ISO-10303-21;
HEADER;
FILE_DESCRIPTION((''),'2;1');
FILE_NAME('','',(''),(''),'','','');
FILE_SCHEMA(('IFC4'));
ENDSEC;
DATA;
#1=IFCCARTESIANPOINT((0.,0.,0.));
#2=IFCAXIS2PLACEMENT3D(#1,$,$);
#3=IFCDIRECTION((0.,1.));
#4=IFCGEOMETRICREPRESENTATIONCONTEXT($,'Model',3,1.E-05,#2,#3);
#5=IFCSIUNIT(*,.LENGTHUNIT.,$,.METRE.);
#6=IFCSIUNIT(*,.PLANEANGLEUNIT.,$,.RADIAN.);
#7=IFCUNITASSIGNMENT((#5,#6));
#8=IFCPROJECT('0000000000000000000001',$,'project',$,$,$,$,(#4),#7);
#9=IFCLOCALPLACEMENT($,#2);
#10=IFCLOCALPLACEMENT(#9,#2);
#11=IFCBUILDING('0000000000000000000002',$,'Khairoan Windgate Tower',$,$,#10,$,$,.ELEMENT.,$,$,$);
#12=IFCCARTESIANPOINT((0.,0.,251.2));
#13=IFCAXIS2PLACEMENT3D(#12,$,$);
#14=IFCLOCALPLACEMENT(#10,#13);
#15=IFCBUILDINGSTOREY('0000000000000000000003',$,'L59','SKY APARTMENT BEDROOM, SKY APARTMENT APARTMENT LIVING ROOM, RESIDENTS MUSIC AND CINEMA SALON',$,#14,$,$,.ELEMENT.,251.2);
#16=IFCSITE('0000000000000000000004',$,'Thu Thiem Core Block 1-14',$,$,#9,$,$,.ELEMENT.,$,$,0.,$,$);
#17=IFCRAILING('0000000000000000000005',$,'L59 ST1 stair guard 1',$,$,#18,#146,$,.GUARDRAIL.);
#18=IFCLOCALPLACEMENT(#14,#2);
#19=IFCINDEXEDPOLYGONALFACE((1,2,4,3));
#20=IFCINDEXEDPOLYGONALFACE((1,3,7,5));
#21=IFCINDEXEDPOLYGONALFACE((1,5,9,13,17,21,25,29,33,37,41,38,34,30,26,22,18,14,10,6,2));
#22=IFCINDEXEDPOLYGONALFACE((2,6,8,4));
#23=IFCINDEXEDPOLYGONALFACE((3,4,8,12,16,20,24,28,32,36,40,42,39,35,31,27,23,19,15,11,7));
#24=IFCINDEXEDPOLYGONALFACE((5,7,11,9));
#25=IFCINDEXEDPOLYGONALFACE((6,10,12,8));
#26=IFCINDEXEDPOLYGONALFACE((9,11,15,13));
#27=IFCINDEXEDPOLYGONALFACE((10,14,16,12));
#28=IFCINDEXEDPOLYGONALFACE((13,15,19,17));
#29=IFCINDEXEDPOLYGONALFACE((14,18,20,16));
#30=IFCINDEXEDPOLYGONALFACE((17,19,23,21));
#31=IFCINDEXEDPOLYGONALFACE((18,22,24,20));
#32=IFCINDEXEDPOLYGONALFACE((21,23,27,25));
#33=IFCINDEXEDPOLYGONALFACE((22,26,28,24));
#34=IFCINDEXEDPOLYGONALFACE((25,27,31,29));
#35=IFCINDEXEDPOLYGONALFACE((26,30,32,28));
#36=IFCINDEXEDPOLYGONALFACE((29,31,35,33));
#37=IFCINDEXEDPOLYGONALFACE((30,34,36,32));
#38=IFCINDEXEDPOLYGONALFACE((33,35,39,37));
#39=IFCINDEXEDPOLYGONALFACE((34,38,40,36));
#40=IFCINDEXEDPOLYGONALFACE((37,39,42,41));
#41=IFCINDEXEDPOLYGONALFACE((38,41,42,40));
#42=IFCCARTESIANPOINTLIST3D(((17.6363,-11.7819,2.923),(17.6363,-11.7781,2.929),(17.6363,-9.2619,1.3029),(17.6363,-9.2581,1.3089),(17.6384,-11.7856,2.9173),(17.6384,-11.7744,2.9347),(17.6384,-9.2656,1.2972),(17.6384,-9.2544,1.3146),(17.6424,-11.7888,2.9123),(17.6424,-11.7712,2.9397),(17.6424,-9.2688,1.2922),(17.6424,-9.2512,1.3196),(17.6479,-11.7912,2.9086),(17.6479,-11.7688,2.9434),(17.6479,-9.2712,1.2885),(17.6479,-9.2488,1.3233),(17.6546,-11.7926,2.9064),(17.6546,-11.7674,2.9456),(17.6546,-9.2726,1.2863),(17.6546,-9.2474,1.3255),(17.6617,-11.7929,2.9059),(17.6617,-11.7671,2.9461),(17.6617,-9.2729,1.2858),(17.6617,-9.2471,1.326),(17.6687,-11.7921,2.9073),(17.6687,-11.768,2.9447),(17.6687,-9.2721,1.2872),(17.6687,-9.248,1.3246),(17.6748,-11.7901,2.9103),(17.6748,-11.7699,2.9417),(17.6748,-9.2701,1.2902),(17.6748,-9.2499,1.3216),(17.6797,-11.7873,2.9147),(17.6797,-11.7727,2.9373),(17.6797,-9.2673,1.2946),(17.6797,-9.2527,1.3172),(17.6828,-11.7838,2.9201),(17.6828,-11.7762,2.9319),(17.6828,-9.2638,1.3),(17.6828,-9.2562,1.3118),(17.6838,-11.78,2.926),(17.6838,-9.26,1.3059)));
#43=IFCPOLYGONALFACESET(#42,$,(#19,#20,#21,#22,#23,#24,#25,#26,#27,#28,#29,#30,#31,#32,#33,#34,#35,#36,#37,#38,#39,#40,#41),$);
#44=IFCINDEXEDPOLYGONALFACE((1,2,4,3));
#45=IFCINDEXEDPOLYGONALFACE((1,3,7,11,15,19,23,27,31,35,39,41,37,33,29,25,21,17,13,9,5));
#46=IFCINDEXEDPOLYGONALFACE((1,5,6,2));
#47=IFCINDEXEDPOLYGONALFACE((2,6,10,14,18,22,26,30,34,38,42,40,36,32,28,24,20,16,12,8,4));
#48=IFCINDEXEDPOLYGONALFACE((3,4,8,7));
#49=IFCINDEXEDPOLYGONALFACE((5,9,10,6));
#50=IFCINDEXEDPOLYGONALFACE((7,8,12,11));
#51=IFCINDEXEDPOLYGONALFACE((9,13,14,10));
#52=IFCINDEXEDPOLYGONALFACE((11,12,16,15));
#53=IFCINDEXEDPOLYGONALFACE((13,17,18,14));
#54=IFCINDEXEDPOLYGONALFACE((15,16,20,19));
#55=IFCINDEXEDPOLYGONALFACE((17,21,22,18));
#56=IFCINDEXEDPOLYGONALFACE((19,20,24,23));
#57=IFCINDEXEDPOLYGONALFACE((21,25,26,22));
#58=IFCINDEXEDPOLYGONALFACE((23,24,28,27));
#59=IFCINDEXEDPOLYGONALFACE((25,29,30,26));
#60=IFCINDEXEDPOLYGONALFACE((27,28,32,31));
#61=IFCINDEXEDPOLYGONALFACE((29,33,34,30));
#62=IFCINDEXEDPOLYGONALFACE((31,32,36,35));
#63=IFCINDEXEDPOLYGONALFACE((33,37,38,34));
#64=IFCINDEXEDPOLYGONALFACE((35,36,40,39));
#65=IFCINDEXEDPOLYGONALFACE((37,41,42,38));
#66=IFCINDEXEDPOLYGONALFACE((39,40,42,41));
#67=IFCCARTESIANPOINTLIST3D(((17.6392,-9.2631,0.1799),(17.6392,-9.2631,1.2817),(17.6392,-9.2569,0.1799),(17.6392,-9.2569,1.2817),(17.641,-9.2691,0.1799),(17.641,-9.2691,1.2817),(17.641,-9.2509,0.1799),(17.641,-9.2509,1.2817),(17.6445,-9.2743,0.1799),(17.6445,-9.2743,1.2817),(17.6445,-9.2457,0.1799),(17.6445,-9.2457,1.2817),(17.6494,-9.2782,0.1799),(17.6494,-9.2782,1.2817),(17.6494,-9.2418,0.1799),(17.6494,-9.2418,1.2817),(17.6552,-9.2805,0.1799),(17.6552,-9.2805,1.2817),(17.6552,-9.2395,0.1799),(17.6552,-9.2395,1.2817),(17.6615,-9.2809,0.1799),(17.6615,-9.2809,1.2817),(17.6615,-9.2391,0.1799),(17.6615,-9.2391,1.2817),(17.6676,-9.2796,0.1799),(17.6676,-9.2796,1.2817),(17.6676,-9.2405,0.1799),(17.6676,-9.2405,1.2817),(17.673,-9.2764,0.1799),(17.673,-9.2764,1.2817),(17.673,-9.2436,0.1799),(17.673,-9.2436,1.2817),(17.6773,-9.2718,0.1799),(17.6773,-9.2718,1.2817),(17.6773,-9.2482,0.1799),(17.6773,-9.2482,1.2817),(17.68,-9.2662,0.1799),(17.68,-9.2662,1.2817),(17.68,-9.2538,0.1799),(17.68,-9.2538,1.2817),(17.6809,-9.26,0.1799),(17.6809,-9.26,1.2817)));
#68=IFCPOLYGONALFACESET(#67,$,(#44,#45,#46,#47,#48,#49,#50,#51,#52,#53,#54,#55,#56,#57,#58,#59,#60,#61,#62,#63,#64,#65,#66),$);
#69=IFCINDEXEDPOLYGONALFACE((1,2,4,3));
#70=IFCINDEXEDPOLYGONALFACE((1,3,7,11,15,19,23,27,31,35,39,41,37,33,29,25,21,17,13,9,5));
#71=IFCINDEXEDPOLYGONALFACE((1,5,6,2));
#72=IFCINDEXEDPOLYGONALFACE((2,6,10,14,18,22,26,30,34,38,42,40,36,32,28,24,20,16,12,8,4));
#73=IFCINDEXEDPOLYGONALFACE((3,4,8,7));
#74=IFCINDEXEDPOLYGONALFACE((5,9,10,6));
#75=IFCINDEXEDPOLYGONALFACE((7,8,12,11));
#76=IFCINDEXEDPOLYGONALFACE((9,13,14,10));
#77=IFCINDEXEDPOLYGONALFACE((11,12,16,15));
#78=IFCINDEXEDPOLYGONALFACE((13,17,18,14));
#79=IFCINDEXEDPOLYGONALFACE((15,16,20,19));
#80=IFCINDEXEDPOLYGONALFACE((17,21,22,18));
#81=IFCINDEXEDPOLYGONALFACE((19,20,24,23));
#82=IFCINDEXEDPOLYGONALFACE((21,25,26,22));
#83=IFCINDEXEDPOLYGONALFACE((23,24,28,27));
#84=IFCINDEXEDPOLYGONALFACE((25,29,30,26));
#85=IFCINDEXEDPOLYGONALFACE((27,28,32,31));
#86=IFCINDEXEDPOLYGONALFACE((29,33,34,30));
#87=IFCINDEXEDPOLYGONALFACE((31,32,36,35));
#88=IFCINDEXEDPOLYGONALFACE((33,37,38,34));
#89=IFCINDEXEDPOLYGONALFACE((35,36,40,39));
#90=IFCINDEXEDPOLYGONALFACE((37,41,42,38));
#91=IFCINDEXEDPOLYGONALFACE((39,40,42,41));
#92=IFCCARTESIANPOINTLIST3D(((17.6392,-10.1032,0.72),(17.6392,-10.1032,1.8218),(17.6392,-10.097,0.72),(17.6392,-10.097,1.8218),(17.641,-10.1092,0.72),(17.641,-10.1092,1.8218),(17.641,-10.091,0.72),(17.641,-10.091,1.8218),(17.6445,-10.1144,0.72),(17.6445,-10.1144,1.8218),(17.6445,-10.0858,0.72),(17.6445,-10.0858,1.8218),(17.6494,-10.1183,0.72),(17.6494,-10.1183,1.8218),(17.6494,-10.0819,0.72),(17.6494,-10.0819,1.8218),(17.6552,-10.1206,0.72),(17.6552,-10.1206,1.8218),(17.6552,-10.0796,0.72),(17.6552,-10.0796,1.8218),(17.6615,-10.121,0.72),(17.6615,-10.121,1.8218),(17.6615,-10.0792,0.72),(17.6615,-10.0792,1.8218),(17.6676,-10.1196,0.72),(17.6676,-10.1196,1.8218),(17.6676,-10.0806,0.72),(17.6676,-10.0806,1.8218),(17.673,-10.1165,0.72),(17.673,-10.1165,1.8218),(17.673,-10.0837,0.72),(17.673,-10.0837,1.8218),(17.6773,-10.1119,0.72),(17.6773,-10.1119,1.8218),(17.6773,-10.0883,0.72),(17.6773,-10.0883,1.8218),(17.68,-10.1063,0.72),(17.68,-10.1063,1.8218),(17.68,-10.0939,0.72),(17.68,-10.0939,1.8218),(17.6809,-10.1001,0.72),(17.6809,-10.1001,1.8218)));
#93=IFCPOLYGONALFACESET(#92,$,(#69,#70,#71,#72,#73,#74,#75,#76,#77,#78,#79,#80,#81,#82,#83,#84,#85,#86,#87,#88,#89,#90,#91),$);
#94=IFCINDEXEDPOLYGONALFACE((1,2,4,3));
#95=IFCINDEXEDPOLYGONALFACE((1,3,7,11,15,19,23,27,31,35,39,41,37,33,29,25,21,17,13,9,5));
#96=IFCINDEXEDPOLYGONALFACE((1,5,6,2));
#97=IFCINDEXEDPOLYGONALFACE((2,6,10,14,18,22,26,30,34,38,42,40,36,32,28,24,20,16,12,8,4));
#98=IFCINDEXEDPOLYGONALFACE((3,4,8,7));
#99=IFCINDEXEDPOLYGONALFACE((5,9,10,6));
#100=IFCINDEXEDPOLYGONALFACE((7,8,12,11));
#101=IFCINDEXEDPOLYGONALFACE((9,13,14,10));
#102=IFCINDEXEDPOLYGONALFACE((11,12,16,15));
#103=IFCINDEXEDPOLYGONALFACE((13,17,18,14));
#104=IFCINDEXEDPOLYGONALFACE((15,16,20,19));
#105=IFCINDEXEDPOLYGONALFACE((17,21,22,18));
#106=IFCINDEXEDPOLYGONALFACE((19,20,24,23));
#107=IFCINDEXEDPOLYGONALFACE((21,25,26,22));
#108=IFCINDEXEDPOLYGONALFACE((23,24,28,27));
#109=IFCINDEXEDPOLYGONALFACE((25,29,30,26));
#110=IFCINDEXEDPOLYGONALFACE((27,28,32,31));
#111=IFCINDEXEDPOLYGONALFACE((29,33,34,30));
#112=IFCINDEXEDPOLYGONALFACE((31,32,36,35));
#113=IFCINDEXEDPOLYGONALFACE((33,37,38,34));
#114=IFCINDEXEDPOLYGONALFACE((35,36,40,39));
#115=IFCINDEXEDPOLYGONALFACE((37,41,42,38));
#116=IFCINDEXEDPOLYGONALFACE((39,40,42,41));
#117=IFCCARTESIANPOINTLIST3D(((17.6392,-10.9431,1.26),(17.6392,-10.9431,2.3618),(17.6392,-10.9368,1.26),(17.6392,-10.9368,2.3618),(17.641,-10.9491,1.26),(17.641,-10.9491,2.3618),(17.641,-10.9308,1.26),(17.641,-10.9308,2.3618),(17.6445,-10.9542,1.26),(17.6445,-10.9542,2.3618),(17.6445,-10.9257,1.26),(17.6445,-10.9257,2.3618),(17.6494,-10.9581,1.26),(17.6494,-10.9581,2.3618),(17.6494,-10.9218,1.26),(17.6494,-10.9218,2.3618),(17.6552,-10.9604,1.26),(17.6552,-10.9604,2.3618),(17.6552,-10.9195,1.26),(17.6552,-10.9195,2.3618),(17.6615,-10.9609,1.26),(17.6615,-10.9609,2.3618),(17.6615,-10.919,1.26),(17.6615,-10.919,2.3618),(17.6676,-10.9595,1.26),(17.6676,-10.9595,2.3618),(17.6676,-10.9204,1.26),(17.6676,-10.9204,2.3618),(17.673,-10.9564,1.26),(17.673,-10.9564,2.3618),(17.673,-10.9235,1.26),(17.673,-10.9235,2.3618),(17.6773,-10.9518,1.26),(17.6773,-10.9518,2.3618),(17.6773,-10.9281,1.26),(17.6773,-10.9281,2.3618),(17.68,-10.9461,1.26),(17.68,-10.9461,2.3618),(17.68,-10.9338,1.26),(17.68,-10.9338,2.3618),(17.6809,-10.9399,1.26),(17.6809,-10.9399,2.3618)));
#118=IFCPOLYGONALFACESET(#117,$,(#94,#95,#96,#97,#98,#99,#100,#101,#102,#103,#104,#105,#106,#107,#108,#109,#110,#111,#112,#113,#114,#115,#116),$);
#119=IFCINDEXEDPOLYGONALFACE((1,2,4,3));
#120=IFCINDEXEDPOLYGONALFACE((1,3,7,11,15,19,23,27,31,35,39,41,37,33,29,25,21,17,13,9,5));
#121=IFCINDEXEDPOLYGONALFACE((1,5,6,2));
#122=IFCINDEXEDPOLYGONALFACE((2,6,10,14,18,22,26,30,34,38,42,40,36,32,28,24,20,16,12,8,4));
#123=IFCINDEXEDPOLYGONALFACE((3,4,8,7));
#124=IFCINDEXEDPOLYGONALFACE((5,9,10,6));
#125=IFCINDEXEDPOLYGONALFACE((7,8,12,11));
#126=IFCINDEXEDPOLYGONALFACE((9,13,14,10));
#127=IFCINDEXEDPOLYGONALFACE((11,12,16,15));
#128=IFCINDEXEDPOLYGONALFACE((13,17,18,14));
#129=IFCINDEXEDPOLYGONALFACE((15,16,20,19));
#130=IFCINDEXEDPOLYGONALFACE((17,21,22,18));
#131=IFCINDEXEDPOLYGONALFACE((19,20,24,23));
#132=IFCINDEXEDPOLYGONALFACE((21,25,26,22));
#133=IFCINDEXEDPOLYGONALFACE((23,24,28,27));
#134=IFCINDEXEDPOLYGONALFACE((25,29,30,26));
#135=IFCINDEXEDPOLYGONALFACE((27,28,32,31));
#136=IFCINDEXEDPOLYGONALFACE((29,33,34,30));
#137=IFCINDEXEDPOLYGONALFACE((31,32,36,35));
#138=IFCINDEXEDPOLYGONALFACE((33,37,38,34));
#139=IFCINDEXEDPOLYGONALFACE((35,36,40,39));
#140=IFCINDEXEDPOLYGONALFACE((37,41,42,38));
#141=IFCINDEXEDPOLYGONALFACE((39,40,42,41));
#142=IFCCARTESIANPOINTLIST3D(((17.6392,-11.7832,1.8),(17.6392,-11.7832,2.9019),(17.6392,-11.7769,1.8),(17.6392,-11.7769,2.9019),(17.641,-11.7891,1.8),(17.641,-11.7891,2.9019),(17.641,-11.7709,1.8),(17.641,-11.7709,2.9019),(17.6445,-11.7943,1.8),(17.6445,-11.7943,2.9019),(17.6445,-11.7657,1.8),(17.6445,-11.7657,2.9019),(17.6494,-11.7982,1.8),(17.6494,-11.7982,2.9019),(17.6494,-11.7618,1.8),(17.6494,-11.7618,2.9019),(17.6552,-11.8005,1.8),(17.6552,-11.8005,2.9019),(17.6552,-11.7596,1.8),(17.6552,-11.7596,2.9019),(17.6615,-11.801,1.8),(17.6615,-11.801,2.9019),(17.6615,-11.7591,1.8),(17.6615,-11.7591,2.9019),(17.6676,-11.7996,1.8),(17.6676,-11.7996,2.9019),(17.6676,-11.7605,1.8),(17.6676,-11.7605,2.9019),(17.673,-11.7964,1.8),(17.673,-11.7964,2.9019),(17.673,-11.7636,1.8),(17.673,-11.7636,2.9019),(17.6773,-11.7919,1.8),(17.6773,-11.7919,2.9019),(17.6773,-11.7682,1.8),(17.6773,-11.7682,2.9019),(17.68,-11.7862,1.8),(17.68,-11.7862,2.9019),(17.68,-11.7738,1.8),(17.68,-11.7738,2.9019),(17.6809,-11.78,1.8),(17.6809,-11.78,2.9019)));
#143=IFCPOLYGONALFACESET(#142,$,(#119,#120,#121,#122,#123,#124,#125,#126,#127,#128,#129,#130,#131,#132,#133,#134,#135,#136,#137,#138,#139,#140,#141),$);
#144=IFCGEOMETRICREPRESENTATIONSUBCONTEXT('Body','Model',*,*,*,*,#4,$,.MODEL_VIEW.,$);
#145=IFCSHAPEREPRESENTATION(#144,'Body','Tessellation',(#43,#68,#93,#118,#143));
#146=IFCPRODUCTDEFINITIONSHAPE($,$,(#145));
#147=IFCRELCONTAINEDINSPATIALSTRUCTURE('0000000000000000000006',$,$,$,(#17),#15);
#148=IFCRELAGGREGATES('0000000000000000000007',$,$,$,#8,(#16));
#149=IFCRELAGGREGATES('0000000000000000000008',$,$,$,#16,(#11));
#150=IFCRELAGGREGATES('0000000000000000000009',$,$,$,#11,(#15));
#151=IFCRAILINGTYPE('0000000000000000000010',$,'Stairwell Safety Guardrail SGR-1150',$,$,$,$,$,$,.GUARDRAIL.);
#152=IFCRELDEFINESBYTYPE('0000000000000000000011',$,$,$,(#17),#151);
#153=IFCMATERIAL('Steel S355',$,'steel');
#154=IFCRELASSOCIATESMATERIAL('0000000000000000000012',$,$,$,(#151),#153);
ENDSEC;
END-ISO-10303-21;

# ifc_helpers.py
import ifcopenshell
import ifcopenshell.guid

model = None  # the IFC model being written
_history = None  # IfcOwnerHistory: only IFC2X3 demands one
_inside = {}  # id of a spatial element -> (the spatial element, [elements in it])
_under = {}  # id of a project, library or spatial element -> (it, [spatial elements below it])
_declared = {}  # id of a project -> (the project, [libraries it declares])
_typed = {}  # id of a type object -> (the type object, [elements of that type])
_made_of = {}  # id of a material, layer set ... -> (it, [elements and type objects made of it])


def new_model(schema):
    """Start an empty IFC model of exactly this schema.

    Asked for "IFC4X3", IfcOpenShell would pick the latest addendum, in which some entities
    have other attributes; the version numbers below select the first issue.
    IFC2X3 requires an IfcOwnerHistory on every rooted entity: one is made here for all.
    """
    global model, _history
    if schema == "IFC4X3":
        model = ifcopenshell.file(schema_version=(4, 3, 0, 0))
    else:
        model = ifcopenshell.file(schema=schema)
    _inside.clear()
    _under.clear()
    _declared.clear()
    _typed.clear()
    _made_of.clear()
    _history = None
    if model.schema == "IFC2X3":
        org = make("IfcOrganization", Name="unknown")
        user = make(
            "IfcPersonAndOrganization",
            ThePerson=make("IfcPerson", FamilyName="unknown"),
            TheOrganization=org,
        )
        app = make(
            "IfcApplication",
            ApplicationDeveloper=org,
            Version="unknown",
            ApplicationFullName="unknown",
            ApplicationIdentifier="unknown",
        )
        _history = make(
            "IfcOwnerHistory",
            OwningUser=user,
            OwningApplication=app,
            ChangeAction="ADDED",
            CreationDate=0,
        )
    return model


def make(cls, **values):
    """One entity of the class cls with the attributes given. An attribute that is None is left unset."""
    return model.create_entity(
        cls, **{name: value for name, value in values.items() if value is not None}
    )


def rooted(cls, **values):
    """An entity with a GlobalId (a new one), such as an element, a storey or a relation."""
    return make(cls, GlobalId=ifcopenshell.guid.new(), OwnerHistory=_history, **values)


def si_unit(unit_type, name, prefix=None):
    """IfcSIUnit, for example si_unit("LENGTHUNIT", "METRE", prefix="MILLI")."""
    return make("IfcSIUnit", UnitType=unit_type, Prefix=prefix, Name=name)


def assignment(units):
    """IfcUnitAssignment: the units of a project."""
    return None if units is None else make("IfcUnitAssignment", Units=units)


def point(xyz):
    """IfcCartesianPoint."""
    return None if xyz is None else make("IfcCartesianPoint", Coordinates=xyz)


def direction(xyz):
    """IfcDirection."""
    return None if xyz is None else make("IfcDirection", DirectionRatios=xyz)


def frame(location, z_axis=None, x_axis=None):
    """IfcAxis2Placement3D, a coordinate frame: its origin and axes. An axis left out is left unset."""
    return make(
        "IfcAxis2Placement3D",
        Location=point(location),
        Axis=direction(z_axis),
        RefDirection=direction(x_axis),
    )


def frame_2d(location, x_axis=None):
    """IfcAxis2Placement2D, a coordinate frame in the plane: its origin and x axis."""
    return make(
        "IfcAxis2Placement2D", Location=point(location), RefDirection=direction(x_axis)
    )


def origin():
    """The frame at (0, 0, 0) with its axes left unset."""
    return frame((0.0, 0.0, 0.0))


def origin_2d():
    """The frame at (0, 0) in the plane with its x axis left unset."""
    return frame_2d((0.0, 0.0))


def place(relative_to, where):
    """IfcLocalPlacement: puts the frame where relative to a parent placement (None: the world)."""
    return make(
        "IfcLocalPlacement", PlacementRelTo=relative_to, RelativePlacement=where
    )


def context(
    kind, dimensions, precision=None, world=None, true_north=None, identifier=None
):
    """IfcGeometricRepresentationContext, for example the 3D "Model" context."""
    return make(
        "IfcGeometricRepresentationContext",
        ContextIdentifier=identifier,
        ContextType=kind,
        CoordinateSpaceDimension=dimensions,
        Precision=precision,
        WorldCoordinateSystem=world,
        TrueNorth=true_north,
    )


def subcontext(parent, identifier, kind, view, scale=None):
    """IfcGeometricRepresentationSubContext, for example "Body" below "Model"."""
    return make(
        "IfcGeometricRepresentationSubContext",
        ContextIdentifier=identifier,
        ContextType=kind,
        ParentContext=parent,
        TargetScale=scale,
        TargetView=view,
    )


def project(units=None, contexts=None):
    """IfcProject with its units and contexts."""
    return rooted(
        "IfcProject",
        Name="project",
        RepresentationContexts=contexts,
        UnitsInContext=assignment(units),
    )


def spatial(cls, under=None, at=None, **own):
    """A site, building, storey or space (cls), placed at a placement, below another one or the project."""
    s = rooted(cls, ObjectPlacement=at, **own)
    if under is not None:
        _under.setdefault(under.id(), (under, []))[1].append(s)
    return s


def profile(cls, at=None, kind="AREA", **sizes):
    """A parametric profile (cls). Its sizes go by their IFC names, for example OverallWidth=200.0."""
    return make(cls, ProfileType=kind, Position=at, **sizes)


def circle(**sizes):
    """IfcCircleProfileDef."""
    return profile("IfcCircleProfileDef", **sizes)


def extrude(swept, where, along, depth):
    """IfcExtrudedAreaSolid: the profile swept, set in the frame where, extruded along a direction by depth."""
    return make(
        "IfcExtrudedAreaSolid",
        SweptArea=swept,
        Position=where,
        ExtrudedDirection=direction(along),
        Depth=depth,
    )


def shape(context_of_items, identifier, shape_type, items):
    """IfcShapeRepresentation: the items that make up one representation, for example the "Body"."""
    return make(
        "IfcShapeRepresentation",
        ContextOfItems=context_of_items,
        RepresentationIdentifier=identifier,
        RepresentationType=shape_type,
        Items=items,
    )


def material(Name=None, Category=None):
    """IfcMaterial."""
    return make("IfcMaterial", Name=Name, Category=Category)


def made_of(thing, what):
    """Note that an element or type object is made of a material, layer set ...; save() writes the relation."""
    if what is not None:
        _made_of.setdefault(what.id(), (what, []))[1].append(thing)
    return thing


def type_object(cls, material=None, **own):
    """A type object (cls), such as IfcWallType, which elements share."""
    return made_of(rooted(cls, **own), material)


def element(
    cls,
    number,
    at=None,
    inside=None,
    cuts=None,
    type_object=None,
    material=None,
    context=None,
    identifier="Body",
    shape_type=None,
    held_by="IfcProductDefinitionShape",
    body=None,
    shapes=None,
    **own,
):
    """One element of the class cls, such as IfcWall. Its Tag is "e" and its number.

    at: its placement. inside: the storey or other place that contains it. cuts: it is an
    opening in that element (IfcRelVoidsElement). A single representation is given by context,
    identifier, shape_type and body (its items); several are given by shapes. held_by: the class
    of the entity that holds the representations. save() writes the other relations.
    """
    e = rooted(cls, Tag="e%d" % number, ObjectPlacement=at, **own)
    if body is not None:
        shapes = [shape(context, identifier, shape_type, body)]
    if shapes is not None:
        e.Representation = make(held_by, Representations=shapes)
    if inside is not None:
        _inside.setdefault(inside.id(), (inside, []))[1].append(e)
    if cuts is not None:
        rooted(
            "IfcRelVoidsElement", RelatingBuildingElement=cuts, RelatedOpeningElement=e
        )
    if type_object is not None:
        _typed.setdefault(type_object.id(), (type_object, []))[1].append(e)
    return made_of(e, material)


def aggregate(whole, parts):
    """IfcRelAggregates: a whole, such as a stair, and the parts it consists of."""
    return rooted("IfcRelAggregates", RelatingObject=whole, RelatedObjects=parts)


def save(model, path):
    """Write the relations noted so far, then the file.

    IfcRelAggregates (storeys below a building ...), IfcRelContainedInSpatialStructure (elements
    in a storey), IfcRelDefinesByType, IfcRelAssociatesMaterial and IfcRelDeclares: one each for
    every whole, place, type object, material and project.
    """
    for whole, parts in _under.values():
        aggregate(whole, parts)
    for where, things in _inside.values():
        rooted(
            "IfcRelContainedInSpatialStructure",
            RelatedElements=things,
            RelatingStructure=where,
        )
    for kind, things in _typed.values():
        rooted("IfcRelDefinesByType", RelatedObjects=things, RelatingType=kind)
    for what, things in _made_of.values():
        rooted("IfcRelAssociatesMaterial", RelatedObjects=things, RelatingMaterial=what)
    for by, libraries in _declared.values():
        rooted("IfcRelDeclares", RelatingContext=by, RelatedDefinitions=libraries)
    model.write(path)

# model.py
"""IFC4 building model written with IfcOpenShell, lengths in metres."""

from ifc_helpers import new_model, si_unit, direction, frame, origin, origin_2d, place, context, subcontext, project, spatial, circle, extrude, material, type_object, element, save


model = new_model("IFC4")

# Units and contexts
model_context = context("Model", 3, precision=1e-05, world=origin(), true_north=direction((0.0, 1.0)))
body_context = subcontext(model_context, "Body", "Model", "MODEL_VIEW")
ifc_project = project(units=[si_unit("LENGTHUNIT", "METRE"), si_unit("PLANEANGLEUNIT", "RADIAN")], contexts=[model_context])

# Site, building, storey
site_placement = place(None, origin())
site = spatial("IfcSite", under=ifc_project, at=site_placement, Name="Thu Thiem Core Block 1-14", CompositionType="ELEMENT", RefElevation=0.0)
building_placement = place(site_placement, origin())
building = spatial("IfcBuilding", under=site, at=building_placement, Name="Khairoan Windgate Tower", CompositionType="ELEMENT")
storey_placement = place(building_placement, frame((0.0, 0.0, 251.2)))
storey = spatial("IfcBuildingStorey", under=building, at=storey_placement, Name="L59", Description="SKY APARTMENT BEDROOM, SKY APARTMENT APARTMENT LIVING ROOM, RESIDENTS MUSIC AND CINEMA SALON", CompositionType="ELEMENT", Elevation=251.2)

# Railing
ifc_material_1 = material(Name="Steel S355", Category="steel")
railing_type_1 = type_object("IfcRailingType", Name="Stairwell Safety Guardrail SGR-1150", PredefinedType="GUARDRAIL", material=ifc_material_1)
railing_1_placement = place(storey_placement, frame((17.6599, -9.26, 0.1799)))
element("IfcRailing", 1, at=railing_1_placement, inside=storey, type_object=railing_type_1, Name="L59 ST1 stair guard 1", PredefinedType="GUARDRAIL", context=body_context, shape_type="SweptSolid", body=[
    extrude(circle(Radius=0.0239, at=origin_2d()), frame((0.0, 0.0, 1.126), z_axis=(0.0, -0.841163, 0.540782), x_axis=(1.0, 0.0, 0.0)), (0.0, 0.0, 1.0), 2.9958),
    extrude(circle(Radius=0.021, at=origin_2d()), origin(), (0.0, 0.0, 1.0), 1.1018),
    extrude(circle(Radius=0.021, at=origin_2d()), frame((0.0, -0.8401, 0.54)), (0.0, 0.0, 1.0), 1.1018),
    extrude(circle(Radius=0.021, at=origin_2d()), frame((0.0, -1.6799, 1.0801)), (0.0, 0.0, 1.0), 1.1018),
    extrude(circle(Radius=0.021, at=origin_2d()), frame((0.0, -2.52, 1.6201)), (0.0, 0.0, 1.0), 1.1018),
])

save(model, "model.ifc")
